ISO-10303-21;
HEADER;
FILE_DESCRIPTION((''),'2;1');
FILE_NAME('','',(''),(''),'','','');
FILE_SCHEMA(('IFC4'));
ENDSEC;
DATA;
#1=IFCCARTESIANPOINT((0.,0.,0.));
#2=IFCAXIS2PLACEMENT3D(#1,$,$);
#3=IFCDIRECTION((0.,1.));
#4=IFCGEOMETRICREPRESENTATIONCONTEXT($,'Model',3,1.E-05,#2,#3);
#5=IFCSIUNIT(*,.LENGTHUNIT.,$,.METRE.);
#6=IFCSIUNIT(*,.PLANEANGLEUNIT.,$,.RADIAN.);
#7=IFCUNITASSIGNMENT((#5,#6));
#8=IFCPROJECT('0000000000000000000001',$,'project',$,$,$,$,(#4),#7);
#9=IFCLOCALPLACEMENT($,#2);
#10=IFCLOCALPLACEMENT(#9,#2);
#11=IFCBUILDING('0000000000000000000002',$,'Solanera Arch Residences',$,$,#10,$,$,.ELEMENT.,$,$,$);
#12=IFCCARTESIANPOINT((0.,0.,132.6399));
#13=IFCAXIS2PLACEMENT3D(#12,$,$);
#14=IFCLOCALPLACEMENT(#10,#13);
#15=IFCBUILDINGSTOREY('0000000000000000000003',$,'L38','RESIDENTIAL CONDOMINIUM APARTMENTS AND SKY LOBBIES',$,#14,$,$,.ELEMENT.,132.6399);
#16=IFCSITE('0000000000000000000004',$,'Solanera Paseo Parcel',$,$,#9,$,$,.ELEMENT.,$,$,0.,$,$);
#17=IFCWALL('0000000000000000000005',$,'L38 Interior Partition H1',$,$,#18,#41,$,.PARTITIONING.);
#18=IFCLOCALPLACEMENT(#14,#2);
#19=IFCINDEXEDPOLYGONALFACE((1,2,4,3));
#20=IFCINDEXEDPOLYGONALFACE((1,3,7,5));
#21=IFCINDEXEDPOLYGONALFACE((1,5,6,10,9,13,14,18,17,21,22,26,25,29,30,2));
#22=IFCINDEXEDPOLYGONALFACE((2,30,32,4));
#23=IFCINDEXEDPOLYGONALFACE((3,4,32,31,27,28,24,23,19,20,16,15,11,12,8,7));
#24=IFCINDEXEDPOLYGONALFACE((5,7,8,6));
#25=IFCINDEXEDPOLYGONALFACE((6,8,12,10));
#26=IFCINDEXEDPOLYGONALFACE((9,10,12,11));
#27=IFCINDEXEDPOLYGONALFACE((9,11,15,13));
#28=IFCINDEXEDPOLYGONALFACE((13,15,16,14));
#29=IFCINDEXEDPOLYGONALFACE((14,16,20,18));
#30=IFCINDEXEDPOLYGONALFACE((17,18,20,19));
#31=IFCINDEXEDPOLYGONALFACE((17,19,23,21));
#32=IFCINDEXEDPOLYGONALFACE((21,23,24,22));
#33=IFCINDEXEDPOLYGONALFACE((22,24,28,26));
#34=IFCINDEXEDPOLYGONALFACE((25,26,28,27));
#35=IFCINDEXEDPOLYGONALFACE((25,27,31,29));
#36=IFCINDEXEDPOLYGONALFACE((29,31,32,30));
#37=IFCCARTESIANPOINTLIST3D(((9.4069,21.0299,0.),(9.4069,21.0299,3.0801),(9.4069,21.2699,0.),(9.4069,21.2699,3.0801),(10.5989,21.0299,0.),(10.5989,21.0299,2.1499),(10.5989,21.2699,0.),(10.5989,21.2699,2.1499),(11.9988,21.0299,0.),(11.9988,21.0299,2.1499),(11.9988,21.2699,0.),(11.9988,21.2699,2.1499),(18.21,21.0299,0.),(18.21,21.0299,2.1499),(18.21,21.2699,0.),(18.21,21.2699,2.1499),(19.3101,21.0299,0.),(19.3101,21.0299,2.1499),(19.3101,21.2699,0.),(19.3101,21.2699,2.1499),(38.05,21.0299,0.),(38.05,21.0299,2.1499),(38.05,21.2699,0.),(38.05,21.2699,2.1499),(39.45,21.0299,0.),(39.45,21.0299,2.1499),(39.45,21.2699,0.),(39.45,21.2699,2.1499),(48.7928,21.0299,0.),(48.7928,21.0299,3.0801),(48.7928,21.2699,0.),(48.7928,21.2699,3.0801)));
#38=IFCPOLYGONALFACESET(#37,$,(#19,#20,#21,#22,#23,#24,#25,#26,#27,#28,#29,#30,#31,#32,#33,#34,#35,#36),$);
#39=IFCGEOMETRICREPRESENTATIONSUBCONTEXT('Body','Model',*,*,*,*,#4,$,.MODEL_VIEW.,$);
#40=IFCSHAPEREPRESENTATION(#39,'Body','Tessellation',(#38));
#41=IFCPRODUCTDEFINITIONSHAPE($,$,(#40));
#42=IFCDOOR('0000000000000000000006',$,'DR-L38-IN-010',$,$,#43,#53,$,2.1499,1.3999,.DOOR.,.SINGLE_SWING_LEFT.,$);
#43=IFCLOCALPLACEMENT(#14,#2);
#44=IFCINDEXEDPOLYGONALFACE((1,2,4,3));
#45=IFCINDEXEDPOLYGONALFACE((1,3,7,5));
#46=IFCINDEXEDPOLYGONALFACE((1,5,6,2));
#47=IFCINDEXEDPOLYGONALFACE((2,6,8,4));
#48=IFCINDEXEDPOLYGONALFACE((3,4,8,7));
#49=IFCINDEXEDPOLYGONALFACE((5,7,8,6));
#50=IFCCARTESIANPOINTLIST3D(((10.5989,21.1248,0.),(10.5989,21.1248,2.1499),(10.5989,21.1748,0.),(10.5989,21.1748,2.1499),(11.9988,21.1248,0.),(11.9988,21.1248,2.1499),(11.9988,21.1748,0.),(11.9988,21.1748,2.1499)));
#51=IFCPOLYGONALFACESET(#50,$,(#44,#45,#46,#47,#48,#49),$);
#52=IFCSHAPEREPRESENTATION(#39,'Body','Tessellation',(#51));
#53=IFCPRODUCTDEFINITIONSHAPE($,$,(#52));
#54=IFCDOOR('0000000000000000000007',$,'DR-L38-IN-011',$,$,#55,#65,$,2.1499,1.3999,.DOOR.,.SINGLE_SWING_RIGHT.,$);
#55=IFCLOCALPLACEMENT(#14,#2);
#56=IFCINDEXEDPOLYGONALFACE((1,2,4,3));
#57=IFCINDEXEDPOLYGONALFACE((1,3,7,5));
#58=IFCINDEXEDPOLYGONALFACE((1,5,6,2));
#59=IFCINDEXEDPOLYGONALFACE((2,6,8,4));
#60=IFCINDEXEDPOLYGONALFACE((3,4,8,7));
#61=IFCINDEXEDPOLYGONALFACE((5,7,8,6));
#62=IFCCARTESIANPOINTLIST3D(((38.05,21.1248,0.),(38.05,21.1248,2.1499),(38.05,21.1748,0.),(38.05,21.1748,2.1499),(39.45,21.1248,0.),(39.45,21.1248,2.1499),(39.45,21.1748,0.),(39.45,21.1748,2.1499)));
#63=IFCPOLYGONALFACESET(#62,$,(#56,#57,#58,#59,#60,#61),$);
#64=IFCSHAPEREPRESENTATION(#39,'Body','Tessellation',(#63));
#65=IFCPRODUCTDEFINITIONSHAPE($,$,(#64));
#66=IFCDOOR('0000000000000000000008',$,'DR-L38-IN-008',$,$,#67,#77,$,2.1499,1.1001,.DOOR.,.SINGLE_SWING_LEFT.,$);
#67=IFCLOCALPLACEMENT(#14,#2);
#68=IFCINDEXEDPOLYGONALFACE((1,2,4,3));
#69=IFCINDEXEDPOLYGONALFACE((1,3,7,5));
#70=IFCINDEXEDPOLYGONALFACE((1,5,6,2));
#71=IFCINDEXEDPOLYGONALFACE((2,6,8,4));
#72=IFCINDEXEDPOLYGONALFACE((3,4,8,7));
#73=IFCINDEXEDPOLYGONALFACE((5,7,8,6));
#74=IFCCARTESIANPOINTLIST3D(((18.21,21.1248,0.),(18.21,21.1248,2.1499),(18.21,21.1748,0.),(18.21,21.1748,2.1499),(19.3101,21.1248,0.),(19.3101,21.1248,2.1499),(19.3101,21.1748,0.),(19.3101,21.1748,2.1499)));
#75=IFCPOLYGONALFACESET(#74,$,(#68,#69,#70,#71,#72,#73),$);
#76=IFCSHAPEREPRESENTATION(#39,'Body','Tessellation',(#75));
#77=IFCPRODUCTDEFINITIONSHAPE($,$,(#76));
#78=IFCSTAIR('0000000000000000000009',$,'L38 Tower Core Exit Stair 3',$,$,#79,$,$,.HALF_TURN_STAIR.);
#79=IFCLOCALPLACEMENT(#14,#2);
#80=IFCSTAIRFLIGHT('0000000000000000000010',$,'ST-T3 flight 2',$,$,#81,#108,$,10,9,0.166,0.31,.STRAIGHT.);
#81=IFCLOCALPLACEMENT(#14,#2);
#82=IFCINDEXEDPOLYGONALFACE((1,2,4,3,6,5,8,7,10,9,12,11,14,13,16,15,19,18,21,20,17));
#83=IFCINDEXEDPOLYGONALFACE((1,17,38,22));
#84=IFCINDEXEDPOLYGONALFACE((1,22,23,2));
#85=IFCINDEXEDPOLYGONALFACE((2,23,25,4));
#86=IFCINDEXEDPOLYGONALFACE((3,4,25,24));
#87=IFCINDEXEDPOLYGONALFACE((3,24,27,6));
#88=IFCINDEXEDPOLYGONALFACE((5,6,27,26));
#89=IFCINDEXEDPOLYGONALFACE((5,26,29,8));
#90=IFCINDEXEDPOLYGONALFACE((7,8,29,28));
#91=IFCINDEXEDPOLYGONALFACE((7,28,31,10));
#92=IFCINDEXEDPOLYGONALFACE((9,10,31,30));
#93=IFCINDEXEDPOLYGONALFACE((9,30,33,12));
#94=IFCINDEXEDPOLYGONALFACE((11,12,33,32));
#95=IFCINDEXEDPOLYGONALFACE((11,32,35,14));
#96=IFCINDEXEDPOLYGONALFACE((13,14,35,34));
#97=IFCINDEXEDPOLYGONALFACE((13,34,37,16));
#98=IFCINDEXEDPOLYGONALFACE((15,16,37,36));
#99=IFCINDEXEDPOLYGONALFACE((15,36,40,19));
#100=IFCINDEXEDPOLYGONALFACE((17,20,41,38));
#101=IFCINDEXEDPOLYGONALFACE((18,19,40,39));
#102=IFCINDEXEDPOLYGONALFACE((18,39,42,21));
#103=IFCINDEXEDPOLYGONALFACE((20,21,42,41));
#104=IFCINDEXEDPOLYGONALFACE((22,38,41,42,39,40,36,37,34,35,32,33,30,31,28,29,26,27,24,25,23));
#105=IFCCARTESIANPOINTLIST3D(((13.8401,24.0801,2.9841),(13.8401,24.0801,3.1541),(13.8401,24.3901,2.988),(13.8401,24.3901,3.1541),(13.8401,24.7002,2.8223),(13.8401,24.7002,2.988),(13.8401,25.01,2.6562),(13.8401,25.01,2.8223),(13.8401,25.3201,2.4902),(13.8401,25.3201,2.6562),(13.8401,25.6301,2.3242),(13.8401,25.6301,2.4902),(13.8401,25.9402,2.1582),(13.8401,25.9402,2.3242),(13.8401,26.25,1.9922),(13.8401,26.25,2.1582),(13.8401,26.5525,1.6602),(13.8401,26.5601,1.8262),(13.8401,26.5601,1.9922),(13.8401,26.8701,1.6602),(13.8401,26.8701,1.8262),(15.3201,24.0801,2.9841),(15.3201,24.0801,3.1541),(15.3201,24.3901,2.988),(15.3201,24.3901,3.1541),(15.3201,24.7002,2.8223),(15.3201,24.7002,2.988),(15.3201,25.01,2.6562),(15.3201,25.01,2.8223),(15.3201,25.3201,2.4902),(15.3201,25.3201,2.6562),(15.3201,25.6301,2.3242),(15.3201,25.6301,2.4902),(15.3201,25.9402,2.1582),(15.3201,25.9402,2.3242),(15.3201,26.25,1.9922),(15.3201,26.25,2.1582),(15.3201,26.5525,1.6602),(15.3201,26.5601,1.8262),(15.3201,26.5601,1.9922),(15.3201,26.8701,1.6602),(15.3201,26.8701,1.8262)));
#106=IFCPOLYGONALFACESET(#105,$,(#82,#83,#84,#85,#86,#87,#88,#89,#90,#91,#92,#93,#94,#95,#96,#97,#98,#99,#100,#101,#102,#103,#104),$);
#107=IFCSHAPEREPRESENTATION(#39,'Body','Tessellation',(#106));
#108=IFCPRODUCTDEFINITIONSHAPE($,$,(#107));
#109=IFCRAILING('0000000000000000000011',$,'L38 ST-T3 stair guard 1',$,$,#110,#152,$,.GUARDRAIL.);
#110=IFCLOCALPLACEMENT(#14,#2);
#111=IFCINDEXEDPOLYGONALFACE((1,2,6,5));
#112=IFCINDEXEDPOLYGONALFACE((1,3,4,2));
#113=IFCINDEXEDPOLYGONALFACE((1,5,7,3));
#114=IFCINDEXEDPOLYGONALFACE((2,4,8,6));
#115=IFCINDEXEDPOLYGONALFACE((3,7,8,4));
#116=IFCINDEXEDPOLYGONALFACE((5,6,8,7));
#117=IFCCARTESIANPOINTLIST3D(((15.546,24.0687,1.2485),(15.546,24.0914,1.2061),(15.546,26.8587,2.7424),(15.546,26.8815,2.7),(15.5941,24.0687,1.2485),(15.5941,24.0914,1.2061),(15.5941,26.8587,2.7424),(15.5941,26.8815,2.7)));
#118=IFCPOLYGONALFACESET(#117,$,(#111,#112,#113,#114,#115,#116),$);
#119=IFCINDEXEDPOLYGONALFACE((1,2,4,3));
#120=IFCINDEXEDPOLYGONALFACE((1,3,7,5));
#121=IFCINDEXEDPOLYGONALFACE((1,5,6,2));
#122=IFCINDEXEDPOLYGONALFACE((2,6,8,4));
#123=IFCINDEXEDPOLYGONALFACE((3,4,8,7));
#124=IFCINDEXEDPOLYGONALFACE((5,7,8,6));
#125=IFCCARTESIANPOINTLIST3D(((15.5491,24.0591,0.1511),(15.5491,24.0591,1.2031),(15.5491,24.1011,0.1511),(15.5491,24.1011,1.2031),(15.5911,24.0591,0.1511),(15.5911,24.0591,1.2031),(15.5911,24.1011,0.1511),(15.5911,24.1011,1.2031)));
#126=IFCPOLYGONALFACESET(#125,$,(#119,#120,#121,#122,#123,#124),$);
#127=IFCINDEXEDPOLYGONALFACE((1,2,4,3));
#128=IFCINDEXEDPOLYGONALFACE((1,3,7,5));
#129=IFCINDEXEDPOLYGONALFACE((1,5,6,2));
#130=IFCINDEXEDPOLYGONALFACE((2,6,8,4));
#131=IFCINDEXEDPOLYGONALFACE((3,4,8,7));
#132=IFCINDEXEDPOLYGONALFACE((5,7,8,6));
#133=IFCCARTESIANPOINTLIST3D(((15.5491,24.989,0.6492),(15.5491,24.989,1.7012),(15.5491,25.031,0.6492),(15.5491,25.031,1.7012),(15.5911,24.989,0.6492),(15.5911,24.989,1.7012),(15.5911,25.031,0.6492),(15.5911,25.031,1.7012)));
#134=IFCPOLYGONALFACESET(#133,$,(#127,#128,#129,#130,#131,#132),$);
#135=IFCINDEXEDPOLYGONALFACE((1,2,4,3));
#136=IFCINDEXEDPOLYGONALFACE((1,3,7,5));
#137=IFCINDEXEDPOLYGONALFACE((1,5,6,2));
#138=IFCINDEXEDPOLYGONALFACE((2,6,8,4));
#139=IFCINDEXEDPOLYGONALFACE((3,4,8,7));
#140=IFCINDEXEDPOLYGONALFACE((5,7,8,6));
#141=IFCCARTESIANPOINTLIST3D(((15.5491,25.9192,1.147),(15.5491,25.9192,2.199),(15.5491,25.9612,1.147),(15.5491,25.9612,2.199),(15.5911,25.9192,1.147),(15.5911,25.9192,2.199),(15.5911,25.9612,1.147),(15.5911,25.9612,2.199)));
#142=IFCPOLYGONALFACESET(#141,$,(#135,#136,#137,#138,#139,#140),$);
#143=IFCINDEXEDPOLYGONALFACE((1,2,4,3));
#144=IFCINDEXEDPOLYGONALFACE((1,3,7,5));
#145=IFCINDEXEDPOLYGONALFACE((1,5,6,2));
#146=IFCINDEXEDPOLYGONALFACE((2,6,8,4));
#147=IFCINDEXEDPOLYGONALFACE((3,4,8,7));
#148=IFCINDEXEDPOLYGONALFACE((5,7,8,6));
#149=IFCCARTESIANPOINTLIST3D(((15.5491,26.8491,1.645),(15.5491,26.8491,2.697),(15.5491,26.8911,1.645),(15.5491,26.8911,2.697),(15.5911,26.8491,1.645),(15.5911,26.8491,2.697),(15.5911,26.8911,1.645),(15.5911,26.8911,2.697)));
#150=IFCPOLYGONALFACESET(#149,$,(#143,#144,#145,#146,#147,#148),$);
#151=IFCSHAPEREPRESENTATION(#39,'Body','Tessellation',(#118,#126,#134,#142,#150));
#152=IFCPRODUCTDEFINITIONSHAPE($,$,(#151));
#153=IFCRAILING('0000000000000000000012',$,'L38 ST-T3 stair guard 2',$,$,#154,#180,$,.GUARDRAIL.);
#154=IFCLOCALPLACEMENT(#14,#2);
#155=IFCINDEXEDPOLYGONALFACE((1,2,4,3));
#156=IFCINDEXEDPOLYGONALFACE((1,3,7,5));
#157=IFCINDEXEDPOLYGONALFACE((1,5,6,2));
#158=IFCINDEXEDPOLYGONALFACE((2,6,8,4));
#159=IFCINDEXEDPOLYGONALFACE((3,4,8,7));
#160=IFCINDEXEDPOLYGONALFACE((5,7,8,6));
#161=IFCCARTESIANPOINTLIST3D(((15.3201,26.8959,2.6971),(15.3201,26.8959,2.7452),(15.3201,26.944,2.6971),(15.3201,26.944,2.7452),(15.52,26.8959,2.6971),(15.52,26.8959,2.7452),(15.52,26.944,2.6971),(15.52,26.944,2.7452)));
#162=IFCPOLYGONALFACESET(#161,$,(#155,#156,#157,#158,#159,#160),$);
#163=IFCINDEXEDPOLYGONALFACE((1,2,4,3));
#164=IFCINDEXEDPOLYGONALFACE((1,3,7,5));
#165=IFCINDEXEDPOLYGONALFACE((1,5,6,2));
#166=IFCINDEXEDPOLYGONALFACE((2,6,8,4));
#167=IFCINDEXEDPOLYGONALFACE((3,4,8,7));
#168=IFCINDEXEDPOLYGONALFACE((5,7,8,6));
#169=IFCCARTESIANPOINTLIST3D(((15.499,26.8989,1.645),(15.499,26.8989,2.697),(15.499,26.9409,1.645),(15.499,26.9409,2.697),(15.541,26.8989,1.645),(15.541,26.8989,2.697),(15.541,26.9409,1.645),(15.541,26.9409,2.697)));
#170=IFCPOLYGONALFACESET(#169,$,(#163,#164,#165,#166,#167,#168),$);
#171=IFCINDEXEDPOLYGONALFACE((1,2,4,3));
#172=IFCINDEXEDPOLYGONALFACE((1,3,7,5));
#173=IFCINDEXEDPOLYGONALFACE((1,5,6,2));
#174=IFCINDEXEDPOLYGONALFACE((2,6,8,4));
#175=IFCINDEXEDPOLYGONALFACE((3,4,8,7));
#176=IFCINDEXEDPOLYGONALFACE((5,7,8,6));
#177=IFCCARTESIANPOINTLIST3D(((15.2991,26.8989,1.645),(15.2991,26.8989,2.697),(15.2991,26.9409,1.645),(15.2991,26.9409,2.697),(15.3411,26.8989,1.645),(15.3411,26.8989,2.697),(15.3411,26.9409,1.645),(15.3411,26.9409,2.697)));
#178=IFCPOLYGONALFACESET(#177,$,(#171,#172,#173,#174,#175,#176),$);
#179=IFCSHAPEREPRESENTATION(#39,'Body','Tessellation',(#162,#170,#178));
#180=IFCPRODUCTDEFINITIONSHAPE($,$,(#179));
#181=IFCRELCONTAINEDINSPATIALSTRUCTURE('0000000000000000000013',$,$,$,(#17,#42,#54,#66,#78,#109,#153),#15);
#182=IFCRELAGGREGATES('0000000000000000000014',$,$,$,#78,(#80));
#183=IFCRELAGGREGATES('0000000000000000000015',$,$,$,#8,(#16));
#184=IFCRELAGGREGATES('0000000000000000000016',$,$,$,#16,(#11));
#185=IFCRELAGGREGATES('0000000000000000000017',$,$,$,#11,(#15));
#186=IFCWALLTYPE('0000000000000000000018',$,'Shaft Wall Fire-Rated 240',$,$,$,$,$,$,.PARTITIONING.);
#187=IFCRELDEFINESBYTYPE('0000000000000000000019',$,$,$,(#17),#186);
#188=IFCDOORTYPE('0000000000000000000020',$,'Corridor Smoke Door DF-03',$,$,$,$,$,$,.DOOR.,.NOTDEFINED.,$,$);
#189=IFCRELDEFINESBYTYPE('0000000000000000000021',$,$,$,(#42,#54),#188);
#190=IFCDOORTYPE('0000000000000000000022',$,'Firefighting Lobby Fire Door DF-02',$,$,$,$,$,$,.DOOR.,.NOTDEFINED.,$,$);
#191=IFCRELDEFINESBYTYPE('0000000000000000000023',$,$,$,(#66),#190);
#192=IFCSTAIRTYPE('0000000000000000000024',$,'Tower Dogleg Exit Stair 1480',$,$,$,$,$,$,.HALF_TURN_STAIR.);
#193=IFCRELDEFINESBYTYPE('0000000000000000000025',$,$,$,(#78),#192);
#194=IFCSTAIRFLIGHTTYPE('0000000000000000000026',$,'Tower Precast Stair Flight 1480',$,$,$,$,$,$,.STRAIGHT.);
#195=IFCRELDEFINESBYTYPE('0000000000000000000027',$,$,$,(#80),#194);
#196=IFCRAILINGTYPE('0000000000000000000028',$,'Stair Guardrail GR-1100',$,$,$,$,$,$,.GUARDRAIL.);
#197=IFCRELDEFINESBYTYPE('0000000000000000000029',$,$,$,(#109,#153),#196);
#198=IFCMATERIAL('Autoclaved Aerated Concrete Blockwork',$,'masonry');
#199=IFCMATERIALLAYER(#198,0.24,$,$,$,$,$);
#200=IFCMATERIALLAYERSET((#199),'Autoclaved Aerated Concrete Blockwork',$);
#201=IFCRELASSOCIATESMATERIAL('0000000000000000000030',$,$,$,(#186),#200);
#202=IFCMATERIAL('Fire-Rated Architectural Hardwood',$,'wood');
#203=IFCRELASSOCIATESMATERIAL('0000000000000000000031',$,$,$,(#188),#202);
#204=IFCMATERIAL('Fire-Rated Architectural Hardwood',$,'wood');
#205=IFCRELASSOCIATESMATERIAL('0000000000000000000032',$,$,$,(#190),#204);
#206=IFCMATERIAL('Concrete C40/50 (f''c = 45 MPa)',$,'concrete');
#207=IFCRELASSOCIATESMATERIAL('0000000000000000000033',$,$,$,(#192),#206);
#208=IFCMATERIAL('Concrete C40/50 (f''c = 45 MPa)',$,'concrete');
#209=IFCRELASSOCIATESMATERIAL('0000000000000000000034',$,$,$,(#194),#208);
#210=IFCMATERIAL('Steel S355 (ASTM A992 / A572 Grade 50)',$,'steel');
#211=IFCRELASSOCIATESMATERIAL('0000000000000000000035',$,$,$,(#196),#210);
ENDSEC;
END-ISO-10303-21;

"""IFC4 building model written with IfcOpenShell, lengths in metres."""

from ifc_helpers import new_model, si_unit, direction, frame, frame_2d, origin, origin_2d, place, context, subcontext, project, spatial, polyline, rectangle, outline, extrude, material, layer, layer_set, type_object, element, fill, aggregate, save


model = new_model("IFC4")

# Units and contexts
model_context = context("Model", 3, precision=1e-05, world=origin(), true_north=direction((0.0, 1.0)))
body_context = subcontext(model_context, "Body", "Model", "MODEL_VIEW")
ifc_project = project(units=[si_unit("LENGTHUNIT", "METRE"), si_unit("PLANEANGLEUNIT", "RADIAN")], contexts=[model_context])

# Site, building, storey
site_placement = place(None, origin())
site = spatial("IfcSite", under=ifc_project, at=site_placement, Name="Solanera Paseo Parcel", CompositionType="ELEMENT", RefElevation=0.0)
building_placement = place(site_placement, origin())
building = spatial("IfcBuilding", under=site, at=building_placement, Name="Solanera Arch Residences", CompositionType="ELEMENT")
storey_placement = place(building_placement, frame((0.0, 0.0, 132.6399)))
storey = spatial("IfcBuildingStorey", under=building, at=storey_placement, Name="L38", Description="RESIDENTIAL CONDOMINIUM APARTMENTS AND SKY LOBBIES", CompositionType="ELEMENT", Elevation=132.6399)

# Wall, openings, doors
ifc_material_1 = material(Name="Autoclaved Aerated Concrete Blockwork", Category="masonry")
ifc_layer_1 = layer(ifc_material_1, 0.24)
ifc_layer_set_1 = layer_set([ifc_layer_1], Name="Autoclaved Aerated Concrete Blockwork")
wall_type_1 = type_object("IfcWallType", Name="Shaft Wall Fire-Rated 240", PredefinedType="PARTITIONING", material=ifc_layer_set_1)
wall_1_placement = place(storey_placement, frame((9.407, 21.1499, 0.0), z_axis=(0.0, 0.0, 1.0), x_axis=(1.0, 0.0, 0.0)))
wall_1 = element("IfcWall", 1, at=wall_1_placement, inside=storey, type_object=wall_type_1, Name="L38 Interior Partition H1", PredefinedType="PARTITIONING", context=body_context, shape_type="SweptSolid", body=[
    extrude(rectangle(XDim=39.386, YDim=0.24, at=frame_2d((19.6929, 0.0))), origin(), (0.0, 0.0, 1.0), 3.0801),
])
opening_1_placement = place(wall_1_placement, frame((8.803, 0.0, 0.0)))
opening_1 = element("IfcOpeningElement", 2, at=opening_1_placement, cuts=wall_1, PredefinedType="OPENING", context=body_context, shape_type="SweptSolid", body=[
    extrude(rectangle(XDim=1.1001, YDim=2.1499, at=frame_2d((0.55, 1.075))), frame((0.0, 0.1299, 0.0), z_axis=(0.0, -1.0, 0.0), x_axis=(1.0, 0.0, 0.0)), (0.0, 0.0, 1.0), 0.26),
])
opening_2_placement = place(wall_1_placement, frame((1.1919, 0.0, 0.0)))
opening_2 = element("IfcOpeningElement", 3, at=opening_2_placement, cuts=wall_1, PredefinedType="OPENING", context=body_context, shape_type="SweptSolid", body=[
    extrude(rectangle(XDim=1.3999, YDim=2.1499, at=frame_2d((0.7, 1.075))), frame((0.0, 0.1299, 0.0), z_axis=(0.0, -1.0, 0.0), x_axis=(1.0, 0.0, 0.0)), (0.0, 0.0, 1.0), 0.26),
])
opening_3_placement = place(wall_1_placement, frame((28.6431, 0.0, 0.0)))
opening_3 = element("IfcOpeningElement", 4, at=opening_3_placement, cuts=wall_1, PredefinedType="OPENING", context=body_context, shape_type="SweptSolid", body=[
    extrude(rectangle(XDim=1.3999, YDim=2.1499, at=frame_2d((0.7, 1.075))), frame((0.0, 0.1299, 0.0), z_axis=(0.0, -1.0, 0.0), x_axis=(1.0, 0.0, 0.0)), (0.0, 0.0, 1.0), 0.26),
])
ifc_material_2 = material(Name="Fire-Rated Architectural Hardwood", Category="wood")
door_type_1 = type_object("IfcDoorType", Name="Corridor Smoke Door DF-03", OperationType="NOTDEFINED", PredefinedType="DOOR", material=ifc_material_2)
door_1_placement = place(opening_2_placement, origin())
door_1 = element("IfcDoor", 5, at=door_1_placement, inside=storey, type_object=door_type_1, Name="DR-L38-IN-010", OperationType="SINGLE_SWING_LEFT", OverallHeight=2.1499, OverallWidth=1.3999, PredefinedType="DOOR", context=body_context, shape_type="SweptSolid", body=[
    extrude(rectangle(XDim=1.3999, YDim=2.1499, at=frame_2d((0.7, 1.075))), frame((0.0, 0.0249, 0.0), z_axis=(0.0, -1.0, 0.0), x_axis=(1.0, 0.0, 0.0)), (0.0, 0.0, 1.0), 0.05),
])
fill(opening_2, door_1)
door_2_placement = place(opening_3_placement, origin())
door_2 = element("IfcDoor", 6, at=door_2_placement, inside=storey, type_object=door_type_1, Name="DR-L38-IN-011", OperationType="SINGLE_SWING_RIGHT", OverallHeight=2.1499, OverallWidth=1.3999, PredefinedType="DOOR", context=body_context, shape_type="SweptSolid", body=[
    extrude(rectangle(XDim=1.3999, YDim=2.1499, at=frame_2d((0.7, 1.075))), frame((0.0, 0.0249, 0.0), z_axis=(0.0, -1.0, 0.0), x_axis=(1.0, 0.0, 0.0)), (0.0, 0.0, 1.0), 0.05),
])
fill(opening_3, door_2)
ifc_material_3 = material(Name="Fire-Rated Architectural Hardwood", Category="wood")
door_type_2 = type_object("IfcDoorType", Name="Firefighting Lobby Fire Door DF-02", OperationType="NOTDEFINED", PredefinedType="DOOR", material=ifc_material_3)
door_3_placement = place(opening_1_placement, origin())
door_3 = element("IfcDoor", 7, at=door_3_placement, inside=storey, type_object=door_type_2, Name="DR-L38-IN-008", OperationType="SINGLE_SWING_LEFT", OverallHeight=2.1499, OverallWidth=1.1001, PredefinedType="DOOR", context=body_context, shape_type="SweptSolid", body=[
    extrude(rectangle(XDim=1.1001, YDim=2.1499, at=frame_2d((0.55, 1.075))), frame((0.0, 0.0249, 0.0), z_axis=(0.0, -1.0, 0.0), x_axis=(1.0, 0.0, 0.0)), (0.0, 0.0, 1.0), 0.05),
])
fill(opening_1, door_3)

# Stair, stair flight
ifc_material_4 = material(Name="Concrete C40/50 (f'c = 45 MPa)", Category="concrete")
stair_type = type_object("IfcStairType", Name="Tower Dogleg Exit Stair 1480", PredefinedType="HALF_TURN_STAIR", material=ifc_material_4)
stair_placement = place(storey_placement, origin())
stair = element("IfcStair", 8, at=stair_placement, inside=storey, type_object=stair_type, Name="L38 Tower Core Exit Stair 3", PredefinedType="HALF_TURN_STAIR")
ifc_material_5 = material(Name="Concrete C40/50 (f'c = 45 MPa)", Category="concrete")
stair_flight_type = type_object("IfcStairFlightType", Name="Tower Precast Stair Flight 1480", PredefinedType="STRAIGHT", material=ifc_material_5)
stair_flight_placement = place(storey_placement, frame((14.5801, 26.8701, 1.6602), z_axis=(0.0, 0.0, 1.0), x_axis=(0.0, -1.0, 0.0)))
stair_flight = element("IfcStairFlight", 9, at=stair_flight_placement, type_object=stair_flight_type, Name="ST-T3 flight 2", NumberOfRisers=10, NumberOfTreads=9, PredefinedType="STRAIGHT", RiserHeight=0.166, TreadLength=0.31, context=body_context, shape_type="SweptSolid", body=[
    extrude(outline(polyline([(0.0, 0.0), (0.0, 0.166), (0.3101, 0.166), (0.3101, 0.332), (0.6201, 0.332), (0.6201, 0.498), (0.9299, 0.498), (0.9299, 0.6641), (1.24, 0.6641), (1.24, 0.8301), (1.55, 0.8301), (1.55, 0.9961), (1.8601, 0.9961), (1.8601, 1.1621), (2.1699, 1.1621), (2.1699, 1.3279), (2.48, 1.3279), (2.48, 1.4939), (2.79, 1.4939), (2.79, 1.6599), (2.79, 1.324), (0.3176, 0.0), (0.0, 0.0)])), frame((0.0, 0.74, 0.0), z_axis=(0.0, -1.0, 0.0), x_axis=(1.0, 0.0, 0.0)), (0.0, 0.0, 1.0), 1.48),
])
aggregate(stair, [stair_flight])

# Railings
ifc_material_6 = material(Name="Steel S355 (ASTM A992 / A572 Grade 50)", Category="steel")
railing_type_1 = type_object("IfcRailingType", Name="Stair Guardrail GR-1100", PredefinedType="GUARDRAIL", material=ifc_material_6)
railing_1_placement = place(storey_placement, frame((15.5701, 24.0801, 0.1511)))
element("IfcRailing", 10, at=railing_1_placement, inside=storey, type_object=railing_type_1, Name="L38 ST-T3 stair guard 1", PredefinedType="GUARDRAIL", context=body_context, shape_type="SweptSolid", body=[
    extrude(rectangle(XDim=0.0481, YDim=0.0481, at=origin_2d()), frame((0.0, 0.0, 1.0762), z_axis=(0.0, 0.881581, 0.472033), x_axis=(-1.0, 0.0, 0.0)), (0.0, 0.0, 1.0), 3.1648),
    extrude(rectangle(XDim=0.042, YDim=0.042, at=origin_2d()), origin(), (0.0, 0.0, 1.0), 1.052),
    extrude(rectangle(XDim=0.042, YDim=0.042, at=origin_2d()), frame((0.0, 0.9299, 0.498)), (0.0, 0.0, 1.0), 1.052),
    extrude(rectangle(XDim=0.042, YDim=0.042, at=origin_2d()), frame((0.0, 1.8601, 0.9958)), (0.0, 0.0, 1.0), 1.052),
    extrude(rectangle(XDim=0.042, YDim=0.042, at=origin_2d()), frame((0.0, 2.79, 1.4939)), (0.0, 0.0, 1.0), 1.052),
])
railing_2_placement = place(storey_placement, frame((15.52, 26.9199, 1.645)))
element("IfcRailing", 11, at=railing_2_placement, inside=storey, type_object=railing_type_1, Name="L38 ST-T3 stair guard 2", PredefinedType="GUARDRAIL", context=body_context, shape_type="SweptSolid", body=[
    extrude(rectangle(XDim=0.0481, YDim=0.0481, at=origin_2d()), frame((0.0, 0.0, 1.0762), z_axis=(-1.0, 0.0, 0.0), x_axis=(0.0, -1.0, 0.0)), (0.0, 0.0, 1.0), 0.2),
    extrude(rectangle(XDim=0.042, YDim=0.042, at=origin_2d()), origin(), (0.0, 0.0, 1.0), 1.052),
    extrude(rectangle(XDim=0.042, YDim=0.042, at=origin_2d()), frame((-0.2, 0.0, 0.0)), (0.0, 0.0, 1.0), 1.052),
])

save(model, "model.ifc")
